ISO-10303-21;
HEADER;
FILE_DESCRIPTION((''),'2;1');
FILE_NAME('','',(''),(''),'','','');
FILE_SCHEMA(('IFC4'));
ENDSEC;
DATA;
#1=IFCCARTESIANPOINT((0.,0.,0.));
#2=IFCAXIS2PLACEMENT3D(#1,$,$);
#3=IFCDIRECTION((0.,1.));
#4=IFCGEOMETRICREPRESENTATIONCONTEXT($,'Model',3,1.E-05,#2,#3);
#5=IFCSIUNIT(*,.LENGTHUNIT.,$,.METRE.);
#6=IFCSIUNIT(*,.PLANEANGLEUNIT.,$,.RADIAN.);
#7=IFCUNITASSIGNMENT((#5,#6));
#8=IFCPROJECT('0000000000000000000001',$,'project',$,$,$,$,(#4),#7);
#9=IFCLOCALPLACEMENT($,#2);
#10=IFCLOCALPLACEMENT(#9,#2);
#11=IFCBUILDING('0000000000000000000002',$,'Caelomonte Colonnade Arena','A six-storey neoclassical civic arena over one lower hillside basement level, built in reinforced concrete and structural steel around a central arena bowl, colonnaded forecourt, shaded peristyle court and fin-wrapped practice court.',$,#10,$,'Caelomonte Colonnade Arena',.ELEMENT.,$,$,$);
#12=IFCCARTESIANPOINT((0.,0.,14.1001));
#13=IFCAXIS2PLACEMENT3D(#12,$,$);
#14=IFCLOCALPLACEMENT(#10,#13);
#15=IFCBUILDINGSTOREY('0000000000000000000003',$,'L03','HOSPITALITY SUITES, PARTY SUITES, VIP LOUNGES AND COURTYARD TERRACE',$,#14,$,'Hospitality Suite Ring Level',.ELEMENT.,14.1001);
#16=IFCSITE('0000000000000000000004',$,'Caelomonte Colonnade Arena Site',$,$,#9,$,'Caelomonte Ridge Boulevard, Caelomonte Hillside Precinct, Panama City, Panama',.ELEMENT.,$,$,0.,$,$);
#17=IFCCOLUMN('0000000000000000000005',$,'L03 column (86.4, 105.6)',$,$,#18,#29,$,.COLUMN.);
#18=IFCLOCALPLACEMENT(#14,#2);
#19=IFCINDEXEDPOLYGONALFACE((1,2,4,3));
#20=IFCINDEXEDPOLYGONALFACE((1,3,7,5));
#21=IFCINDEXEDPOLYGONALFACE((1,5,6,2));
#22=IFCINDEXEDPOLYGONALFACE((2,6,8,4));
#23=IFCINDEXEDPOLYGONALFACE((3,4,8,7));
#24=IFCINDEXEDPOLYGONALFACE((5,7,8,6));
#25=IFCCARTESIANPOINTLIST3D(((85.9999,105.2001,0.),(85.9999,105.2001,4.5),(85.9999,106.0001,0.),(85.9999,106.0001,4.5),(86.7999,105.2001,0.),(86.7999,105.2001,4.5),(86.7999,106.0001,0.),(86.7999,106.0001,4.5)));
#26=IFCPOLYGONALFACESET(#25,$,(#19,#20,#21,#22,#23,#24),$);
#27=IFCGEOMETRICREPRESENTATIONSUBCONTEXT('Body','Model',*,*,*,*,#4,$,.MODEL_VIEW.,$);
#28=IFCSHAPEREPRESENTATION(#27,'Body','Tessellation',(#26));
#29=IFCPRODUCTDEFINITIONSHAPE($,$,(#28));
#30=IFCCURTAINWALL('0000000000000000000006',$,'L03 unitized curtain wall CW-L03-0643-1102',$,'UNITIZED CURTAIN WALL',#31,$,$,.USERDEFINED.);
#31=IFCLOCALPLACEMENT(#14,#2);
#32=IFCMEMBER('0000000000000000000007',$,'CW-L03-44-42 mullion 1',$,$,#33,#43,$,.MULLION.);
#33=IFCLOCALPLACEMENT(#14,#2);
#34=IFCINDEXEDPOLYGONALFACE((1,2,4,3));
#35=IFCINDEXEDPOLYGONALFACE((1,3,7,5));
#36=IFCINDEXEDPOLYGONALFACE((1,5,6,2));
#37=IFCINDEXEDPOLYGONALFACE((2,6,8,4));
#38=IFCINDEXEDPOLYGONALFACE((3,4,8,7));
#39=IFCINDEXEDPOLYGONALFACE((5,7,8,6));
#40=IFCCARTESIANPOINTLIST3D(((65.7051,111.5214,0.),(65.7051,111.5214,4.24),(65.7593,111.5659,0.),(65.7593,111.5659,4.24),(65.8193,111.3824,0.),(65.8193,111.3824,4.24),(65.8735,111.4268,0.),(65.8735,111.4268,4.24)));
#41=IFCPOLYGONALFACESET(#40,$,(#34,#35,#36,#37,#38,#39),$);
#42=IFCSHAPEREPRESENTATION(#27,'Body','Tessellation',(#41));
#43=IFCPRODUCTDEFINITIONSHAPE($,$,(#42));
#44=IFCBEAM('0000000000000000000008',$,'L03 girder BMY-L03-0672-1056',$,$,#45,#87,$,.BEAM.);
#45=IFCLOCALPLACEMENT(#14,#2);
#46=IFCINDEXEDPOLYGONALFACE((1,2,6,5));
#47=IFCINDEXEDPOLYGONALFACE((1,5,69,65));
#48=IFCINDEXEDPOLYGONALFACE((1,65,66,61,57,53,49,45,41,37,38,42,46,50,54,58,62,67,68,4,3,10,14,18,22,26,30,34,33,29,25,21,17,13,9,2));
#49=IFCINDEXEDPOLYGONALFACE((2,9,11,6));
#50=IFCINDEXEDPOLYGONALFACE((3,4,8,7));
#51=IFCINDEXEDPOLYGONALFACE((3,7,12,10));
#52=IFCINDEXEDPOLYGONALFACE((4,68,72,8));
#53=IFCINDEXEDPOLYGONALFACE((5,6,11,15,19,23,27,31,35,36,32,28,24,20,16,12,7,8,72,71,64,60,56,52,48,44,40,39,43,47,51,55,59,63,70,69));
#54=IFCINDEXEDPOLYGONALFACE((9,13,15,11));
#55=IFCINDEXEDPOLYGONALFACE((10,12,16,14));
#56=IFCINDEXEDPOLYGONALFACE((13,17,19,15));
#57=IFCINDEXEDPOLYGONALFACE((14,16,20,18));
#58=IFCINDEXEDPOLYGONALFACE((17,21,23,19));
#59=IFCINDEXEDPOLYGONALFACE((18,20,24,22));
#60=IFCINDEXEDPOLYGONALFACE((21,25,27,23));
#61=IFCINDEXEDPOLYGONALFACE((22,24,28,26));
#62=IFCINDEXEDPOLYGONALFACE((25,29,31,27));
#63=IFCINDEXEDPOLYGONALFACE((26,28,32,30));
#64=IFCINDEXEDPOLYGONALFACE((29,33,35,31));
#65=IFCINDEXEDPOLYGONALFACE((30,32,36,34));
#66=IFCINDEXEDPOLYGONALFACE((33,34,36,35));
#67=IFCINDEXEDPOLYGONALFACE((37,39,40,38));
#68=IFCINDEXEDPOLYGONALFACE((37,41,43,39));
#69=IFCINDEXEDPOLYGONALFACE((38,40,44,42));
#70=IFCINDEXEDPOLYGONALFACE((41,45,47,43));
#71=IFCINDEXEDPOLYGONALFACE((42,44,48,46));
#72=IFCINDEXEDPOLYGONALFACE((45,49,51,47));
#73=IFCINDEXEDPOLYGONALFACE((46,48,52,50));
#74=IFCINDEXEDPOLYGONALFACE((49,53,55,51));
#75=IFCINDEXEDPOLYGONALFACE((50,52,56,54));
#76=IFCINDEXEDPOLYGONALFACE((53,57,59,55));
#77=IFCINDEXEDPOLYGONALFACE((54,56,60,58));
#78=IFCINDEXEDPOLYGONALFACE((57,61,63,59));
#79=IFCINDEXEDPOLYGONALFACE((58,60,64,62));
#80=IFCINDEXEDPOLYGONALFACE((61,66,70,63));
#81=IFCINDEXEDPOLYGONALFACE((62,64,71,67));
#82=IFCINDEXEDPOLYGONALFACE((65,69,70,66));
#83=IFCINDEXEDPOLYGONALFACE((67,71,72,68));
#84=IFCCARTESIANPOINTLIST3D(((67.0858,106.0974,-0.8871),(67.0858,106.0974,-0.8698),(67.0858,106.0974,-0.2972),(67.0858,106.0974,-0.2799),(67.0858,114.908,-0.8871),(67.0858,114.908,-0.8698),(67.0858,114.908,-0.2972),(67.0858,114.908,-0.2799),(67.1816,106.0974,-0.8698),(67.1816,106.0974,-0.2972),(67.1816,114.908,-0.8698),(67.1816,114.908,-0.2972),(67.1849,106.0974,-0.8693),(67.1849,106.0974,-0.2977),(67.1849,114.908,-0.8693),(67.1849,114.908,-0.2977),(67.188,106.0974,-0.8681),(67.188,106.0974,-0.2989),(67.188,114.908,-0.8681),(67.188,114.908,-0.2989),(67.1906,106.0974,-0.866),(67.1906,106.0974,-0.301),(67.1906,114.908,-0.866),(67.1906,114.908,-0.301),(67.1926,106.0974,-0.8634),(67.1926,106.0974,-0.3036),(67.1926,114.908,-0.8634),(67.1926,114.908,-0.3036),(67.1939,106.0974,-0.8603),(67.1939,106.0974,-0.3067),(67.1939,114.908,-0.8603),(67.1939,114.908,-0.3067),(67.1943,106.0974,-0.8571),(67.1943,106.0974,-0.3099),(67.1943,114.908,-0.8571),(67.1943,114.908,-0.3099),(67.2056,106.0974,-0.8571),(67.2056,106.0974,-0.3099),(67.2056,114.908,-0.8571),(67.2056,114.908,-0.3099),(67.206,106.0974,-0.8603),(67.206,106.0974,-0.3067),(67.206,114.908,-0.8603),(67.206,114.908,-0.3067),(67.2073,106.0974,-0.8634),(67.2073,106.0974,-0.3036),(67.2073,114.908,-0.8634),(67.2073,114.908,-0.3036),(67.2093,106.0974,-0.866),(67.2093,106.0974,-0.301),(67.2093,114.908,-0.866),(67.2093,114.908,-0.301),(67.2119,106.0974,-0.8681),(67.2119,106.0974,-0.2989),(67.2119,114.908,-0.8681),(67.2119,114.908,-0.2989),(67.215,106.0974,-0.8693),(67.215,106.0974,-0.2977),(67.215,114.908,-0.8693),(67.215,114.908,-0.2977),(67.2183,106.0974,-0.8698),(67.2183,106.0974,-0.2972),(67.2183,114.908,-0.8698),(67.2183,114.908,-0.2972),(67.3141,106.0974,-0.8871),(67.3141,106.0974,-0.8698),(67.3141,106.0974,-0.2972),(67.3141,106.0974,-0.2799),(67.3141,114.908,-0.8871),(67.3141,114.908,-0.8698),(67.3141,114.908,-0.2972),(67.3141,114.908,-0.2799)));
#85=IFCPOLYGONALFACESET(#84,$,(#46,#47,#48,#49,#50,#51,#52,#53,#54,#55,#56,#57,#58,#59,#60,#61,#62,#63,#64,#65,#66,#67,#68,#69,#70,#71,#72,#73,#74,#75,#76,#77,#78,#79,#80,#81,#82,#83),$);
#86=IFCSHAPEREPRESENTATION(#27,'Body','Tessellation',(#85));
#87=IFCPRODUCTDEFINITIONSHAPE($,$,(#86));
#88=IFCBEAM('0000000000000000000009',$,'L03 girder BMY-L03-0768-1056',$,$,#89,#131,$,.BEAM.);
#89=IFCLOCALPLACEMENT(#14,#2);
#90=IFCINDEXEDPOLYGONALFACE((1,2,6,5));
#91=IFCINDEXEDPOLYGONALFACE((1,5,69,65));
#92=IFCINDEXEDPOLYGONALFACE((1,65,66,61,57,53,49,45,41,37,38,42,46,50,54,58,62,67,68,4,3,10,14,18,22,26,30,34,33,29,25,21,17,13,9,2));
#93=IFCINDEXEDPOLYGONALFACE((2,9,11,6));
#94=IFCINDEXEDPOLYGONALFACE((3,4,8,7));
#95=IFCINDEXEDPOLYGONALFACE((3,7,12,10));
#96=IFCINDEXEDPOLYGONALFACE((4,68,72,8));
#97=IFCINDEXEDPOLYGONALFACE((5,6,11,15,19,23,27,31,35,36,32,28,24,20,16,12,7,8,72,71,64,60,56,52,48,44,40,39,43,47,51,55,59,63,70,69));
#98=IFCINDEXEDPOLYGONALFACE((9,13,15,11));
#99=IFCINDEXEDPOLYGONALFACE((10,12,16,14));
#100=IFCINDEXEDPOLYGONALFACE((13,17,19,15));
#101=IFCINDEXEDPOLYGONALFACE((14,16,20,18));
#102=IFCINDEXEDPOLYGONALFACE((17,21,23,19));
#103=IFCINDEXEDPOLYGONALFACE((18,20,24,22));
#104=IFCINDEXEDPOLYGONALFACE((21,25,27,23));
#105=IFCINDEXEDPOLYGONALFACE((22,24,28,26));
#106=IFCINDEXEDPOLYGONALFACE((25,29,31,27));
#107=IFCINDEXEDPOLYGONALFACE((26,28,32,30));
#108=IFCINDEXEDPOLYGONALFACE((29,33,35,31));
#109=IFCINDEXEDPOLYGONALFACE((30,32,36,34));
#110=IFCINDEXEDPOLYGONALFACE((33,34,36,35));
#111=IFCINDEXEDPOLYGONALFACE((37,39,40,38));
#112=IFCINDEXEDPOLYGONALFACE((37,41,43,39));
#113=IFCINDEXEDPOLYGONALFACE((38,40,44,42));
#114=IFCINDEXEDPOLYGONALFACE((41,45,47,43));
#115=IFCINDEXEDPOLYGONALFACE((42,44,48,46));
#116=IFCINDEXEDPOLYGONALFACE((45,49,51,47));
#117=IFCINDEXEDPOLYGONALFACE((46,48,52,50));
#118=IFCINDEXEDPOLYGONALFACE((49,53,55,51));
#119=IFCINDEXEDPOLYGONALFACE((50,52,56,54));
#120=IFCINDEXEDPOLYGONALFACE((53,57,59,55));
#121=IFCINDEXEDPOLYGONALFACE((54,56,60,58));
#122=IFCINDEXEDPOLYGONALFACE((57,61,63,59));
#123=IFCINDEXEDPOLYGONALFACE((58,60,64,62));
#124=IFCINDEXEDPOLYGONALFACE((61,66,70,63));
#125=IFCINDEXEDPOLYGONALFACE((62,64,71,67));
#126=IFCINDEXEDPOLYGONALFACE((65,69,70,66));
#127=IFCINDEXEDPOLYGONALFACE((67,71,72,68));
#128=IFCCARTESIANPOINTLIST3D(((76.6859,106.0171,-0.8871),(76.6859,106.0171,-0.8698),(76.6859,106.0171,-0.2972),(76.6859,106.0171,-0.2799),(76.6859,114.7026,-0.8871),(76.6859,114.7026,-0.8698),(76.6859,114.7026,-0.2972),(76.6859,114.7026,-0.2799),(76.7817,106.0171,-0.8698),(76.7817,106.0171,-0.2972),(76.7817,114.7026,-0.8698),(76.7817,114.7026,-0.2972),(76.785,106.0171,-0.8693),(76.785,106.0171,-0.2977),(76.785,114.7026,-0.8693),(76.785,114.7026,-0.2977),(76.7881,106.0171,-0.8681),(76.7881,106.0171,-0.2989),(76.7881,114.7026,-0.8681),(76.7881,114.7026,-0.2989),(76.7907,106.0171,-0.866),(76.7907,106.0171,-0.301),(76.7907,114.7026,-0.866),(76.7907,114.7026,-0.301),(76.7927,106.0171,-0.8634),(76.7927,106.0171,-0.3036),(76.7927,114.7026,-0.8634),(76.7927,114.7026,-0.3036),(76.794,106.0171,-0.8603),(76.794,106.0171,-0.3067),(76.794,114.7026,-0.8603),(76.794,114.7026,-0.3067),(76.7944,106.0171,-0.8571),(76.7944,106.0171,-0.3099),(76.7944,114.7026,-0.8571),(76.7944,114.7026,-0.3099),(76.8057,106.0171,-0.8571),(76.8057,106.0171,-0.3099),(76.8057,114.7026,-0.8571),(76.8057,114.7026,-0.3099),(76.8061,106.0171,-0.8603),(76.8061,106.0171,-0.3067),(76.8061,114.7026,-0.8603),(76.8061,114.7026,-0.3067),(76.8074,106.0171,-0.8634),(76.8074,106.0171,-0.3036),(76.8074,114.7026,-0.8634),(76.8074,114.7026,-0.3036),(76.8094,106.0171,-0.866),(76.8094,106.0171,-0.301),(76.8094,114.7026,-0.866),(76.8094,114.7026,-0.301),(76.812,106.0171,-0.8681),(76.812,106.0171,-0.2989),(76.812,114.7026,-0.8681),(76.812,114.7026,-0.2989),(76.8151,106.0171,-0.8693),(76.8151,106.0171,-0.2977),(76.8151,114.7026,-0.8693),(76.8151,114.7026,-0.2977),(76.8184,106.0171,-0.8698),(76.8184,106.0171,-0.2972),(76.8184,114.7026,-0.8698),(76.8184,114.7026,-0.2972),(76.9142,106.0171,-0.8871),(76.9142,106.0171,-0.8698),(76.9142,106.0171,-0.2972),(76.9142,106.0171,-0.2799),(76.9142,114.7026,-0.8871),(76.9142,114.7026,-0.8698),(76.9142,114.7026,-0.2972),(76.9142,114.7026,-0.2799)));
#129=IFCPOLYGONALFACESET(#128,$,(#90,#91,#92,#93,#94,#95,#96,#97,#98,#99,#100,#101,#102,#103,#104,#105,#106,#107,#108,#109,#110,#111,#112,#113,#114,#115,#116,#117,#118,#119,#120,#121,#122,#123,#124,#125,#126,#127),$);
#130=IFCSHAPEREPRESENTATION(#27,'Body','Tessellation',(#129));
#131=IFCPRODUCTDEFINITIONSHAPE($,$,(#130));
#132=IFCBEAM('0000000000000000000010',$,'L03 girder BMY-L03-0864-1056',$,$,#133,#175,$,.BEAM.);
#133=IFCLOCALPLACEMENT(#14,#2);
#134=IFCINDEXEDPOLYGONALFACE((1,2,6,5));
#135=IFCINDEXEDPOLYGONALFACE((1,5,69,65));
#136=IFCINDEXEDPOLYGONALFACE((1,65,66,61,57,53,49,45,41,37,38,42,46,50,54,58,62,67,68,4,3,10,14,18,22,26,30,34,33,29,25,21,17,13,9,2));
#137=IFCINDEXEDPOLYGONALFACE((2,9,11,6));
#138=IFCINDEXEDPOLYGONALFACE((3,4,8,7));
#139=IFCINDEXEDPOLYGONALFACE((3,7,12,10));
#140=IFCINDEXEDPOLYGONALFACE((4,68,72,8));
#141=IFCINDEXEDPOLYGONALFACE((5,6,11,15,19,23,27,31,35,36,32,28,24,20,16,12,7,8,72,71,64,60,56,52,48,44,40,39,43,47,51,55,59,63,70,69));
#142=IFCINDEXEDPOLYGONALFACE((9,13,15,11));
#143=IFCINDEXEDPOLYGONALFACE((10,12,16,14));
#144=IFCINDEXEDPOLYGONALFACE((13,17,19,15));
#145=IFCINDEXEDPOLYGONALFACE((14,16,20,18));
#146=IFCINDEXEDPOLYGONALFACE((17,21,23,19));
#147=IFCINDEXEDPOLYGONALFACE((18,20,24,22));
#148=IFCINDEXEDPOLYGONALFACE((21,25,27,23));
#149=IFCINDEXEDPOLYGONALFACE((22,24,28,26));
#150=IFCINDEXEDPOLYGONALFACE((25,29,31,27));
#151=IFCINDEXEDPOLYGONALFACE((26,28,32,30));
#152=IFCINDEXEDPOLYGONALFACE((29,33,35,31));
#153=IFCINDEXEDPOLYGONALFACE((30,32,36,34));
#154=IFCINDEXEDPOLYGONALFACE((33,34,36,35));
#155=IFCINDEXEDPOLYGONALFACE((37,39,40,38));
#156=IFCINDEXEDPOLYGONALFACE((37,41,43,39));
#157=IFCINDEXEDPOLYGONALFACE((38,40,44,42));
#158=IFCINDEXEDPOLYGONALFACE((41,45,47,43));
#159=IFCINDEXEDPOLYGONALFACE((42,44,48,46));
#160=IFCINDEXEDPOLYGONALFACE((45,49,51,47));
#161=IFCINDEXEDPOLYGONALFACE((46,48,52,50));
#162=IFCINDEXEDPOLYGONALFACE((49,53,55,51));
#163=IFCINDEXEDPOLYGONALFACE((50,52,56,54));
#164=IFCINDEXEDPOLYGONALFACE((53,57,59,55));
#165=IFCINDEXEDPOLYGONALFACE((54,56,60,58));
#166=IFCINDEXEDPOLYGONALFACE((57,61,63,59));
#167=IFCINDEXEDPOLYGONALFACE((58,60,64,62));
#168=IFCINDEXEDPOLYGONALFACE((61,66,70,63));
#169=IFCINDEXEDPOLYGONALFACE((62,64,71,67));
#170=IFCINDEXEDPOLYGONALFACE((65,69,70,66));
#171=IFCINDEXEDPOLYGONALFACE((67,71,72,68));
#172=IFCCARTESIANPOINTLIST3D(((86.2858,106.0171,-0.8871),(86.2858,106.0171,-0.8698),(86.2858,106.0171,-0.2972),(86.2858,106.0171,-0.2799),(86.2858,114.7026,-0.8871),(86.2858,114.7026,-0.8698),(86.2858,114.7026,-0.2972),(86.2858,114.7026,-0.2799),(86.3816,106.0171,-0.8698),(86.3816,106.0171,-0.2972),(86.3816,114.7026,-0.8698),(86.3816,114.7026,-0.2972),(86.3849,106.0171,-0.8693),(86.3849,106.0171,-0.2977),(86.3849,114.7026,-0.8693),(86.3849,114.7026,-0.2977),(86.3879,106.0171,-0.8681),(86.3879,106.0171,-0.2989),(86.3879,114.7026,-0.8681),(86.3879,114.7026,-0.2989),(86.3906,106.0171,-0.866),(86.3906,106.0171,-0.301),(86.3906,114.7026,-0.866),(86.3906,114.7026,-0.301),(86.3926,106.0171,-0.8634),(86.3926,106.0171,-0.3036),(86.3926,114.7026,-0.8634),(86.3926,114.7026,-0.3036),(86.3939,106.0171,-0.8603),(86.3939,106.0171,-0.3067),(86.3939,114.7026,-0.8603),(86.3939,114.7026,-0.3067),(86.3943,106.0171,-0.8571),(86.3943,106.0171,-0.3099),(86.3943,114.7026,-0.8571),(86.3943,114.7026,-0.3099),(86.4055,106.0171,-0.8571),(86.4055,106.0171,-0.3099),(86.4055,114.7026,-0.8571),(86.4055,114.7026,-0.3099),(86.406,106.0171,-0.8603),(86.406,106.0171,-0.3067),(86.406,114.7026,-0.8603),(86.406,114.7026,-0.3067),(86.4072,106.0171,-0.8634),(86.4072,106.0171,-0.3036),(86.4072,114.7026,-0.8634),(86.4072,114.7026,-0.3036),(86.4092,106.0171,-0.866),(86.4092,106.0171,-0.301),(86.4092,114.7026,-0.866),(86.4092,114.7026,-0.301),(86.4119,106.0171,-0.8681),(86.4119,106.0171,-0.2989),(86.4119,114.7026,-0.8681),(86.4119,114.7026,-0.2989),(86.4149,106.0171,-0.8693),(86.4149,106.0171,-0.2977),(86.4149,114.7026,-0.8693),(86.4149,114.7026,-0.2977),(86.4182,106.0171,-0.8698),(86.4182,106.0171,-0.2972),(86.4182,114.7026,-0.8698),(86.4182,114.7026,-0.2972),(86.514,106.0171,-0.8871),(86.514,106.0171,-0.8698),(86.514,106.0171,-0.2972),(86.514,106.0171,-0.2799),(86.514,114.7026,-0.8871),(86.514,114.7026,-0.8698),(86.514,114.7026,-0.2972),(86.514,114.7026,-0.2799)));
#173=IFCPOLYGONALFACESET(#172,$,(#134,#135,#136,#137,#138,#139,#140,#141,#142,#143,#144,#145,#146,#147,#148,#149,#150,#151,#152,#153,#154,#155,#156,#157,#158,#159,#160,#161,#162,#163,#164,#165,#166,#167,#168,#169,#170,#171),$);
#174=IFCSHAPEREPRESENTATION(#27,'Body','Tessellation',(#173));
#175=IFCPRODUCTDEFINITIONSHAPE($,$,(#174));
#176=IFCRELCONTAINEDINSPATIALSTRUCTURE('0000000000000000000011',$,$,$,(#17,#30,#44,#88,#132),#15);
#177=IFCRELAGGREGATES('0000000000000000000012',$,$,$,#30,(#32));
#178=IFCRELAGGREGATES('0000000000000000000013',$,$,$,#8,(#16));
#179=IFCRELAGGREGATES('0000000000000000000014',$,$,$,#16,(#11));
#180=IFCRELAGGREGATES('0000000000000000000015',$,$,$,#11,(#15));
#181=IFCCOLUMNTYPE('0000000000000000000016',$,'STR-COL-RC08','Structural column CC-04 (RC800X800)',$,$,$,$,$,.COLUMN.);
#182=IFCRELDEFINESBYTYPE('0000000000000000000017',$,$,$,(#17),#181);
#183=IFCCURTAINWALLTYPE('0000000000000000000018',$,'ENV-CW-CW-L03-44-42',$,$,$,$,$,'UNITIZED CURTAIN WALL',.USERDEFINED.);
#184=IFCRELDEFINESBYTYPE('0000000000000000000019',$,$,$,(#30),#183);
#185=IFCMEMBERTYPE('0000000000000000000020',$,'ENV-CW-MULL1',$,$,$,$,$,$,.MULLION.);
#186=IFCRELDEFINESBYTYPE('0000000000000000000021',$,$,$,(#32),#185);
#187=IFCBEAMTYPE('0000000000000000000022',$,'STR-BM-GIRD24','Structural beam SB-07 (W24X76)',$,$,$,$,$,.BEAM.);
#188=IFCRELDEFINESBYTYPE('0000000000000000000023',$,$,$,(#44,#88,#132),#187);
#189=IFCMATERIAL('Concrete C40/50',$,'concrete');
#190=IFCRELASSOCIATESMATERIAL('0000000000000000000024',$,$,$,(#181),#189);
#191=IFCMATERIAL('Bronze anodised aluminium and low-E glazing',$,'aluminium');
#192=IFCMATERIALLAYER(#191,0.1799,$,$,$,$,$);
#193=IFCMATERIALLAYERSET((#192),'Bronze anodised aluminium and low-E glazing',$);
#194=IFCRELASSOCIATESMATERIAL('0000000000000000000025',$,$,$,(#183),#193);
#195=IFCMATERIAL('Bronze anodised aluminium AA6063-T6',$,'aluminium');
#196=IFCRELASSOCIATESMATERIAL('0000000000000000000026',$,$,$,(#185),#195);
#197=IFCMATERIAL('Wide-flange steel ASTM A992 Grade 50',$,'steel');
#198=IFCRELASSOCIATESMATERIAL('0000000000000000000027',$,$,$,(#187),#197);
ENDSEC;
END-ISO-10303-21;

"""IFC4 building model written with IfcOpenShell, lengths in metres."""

from ifc_helpers import new_model, si_unit, direction, frame, origin, origin_2d, place, context, subcontext, project, spatial, rectangle, i_section, extrude, material, layer, layer_set, material_profile, profile_set, type_object, element, aggregate, save


model = new_model("IFC4")

# Units and contexts
model_context = context("Model", 3, precision=1e-05, world=origin(), true_north=direction((0.0, 1.0)))
body_context = subcontext(model_context, "Body", "Model", "MODEL_VIEW")
ifc_project = project(units=[si_unit("LENGTHUNIT", "METRE"), si_unit("PLANEANGLEUNIT", "RADIAN")], contexts=[model_context])

# Site, building, storey
site_placement = place(None, origin())
site = spatial("IfcSite", under=ifc_project, at=site_placement, Name="Caelomonte Colonnade Arena Site", LongName="Caelomonte Ridge Boulevard, Caelomonte Hillside Precinct, Panama City, Panama", CompositionType="ELEMENT", RefElevation=0.0)
building_placement = place(site_placement, origin())
building = spatial("IfcBuilding", under=site, at=building_placement, Name="Caelomonte Colonnade Arena", Description="A six-storey neoclassical civic arena over one lower hillside basement level, built in reinforced concrete and structural steel around a central arena bowl, colonnaded forecourt, shaded peristyle court and fin-wrapped practice court.", LongName="Caelomonte Colonnade Arena", CompositionType="ELEMENT")
storey_placement = place(building_placement, frame((0.0, 0.0, 14.1001)))
storey = spatial("IfcBuildingStorey", under=building, at=storey_placement, Name="L03", Description="HOSPITALITY SUITES, PARTY SUITES, VIP LOUNGES AND COURTYARD TERRACE", LongName="Hospitality Suite Ring Level", CompositionType="ELEMENT", Elevation=14.1001)

# Column
ifc_material_1 = material(Name="Concrete C40/50", Category="concrete")
ifc_material_profile_1 = material_profile(ifc_material_1, rectangle(XDim=0.8, YDim=0.8, at=origin_2d()), Name="RC800X800")
ifc_profile_set_1 = profile_set([ifc_material_profile_1], Name="Concrete C40/50")
column_type = type_object("IfcColumnType", Name="STR-COL-RC08", Description="Structural column CC-04 (RC800X800)", PredefinedType="COLUMN", material=ifc_profile_set_1)
column_placement = place(storey_placement, frame((86.3999, 105.6001, 0.0), z_axis=(0.0, 0.0, 1.0), x_axis=(1.0, 0.0, 0.0)))
element("IfcColumn", 1, at=column_placement, inside=storey, type_object=column_type, Name="L03 column (86.4, 105.6)", PredefinedType="COLUMN", context=body_context, shape_type="SweptSolid", body=[
    extrude(rectangle(XDim=0.8, YDim=0.8, at=origin_2d()), origin(), (0.0, 0.0, 1.0), 4.5),
])

# Curtain wall, member
ifc_material_2 = material(Name="Bronze anodised aluminium and low-E glazing", Category="aluminium")
ifc_layer_1 = layer(ifc_material_2, 0.1799)
ifc_layer_set_1 = layer_set([ifc_layer_1], Name="Bronze anodised aluminium and low-E glazing")
curtain_wall_type = type_object("IfcCurtainWallType", Name="ENV-CW-CW-L03-44-42", ElementType="UNITIZED CURTAIN WALL", PredefinedType="USERDEFINED", material=ifc_layer_set_1)
curtain_wall_placement = place(storey_placement, origin())
curtain_wall = element("IfcCurtainWall", 2, at=curtain_wall_placement, inside=storey, type_object=curtain_wall_type, Name="L03 unitized curtain wall CW-L03-0643-1102", ObjectType="UNITIZED CURTAIN WALL", PredefinedType="USERDEFINED")
ifc_material_3 = material(Name="Bronze anodised aluminium AA6063-T6", Category="aluminium")
ifc_material_profile_2 = material_profile(ifc_material_3, rectangle(XDim=0.0701, YDim=0.1799, at=origin_2d()), Name="CWM-70X180")
ifc_profile_set_2 = profile_set([ifc_material_profile_2], Name="Bronze anodised aluminium AA6063-T6")
member_type = type_object("IfcMemberType", Name="ENV-CW-MULL1", PredefinedType="MULLION", material=ifc_profile_set_2)
member_placement = place(storey_placement, frame((65.7893, 111.4741, 0.0), z_axis=(0.0, 0.0, 1.0), x_axis=(-0.772992, -0.634416, 0.0)))
member = element("IfcMember", 3, at=member_placement, type_object=member_type, Name="CW-L03-44-42 mullion 1", PredefinedType="MULLION", context=body_context, shape_type="SweptSolid", body=[
    extrude(rectangle(XDim=0.0701, YDim=0.1799, at=origin_2d()), origin(), (0.0, 0.0, 1.0), 4.24),
])
aggregate(curtain_wall, [member])

# Beams
ifc_material_4 = material(Name="Wide-flange steel ASTM A992 Grade 50", Category="steel")
ifc_material_profile_3 = material_profile(ifc_material_4, i_section(OverallWidth=0.2283, OverallDepth=0.6072, WebThickness=0.0112, FlangeThickness=0.0173, FilletRadius=0.0127, at=origin_2d()), Name="W24X76")
ifc_profile_set_3 = profile_set([ifc_material_profile_3], Name="Wide-flange steel ASTM A992 Grade 50")
beam_type_1 = type_object("IfcBeamType", Name="STR-BM-GIRD24", Description="Structural beam SB-07 (W24X76)", PredefinedType="BEAM", material=ifc_profile_set_3)
beam_1_placement = place(storey_placement, frame((67.2, 106.0974, -0.5835), z_axis=(0.0, 1.0, 0.0), x_axis=(-1.0, 0.0, 0.0)))
element("IfcBeam", 4, at=beam_1_placement, inside=storey, type_object=beam_type_1, Name="L03 girder BMY-L03-0672-1056", PredefinedType="BEAM", context=body_context, shape_type="SweptSolid", body=[
    extrude(i_section(OverallWidth=0.2283, OverallDepth=0.6072, WebThickness=0.0112, FlangeThickness=0.0173, FilletRadius=0.0127, at=origin_2d()), origin(), (0.0, 0.0, 1.0), 8.8105),
])
for number, where, z_axis, x_axis, name in (
    (5, (76.8, 106.0171, -0.5835), (0.0, 1.0, 0.0), (-1.0, 0.0, 0.0), "L03 girder BMY-L03-0768-1056"),
    (6, (86.3999, 106.0171, -0.5835), (0.0, 1.0, 0.0), (-1.0, 0.0, 0.0), "L03 girder BMY-L03-0864-1056"),
):
    element("IfcBeam", number, at=place(storey_placement, frame(where, z_axis=z_axis, x_axis=x_axis)), inside=storey, type_object=beam_type_1, Name=name, PredefinedType="BEAM", context=body_context, shape_type="SweptSolid", body=[
        extrude(i_section(OverallWidth=0.2283, OverallDepth=0.6072, WebThickness=0.0112, FlangeThickness=0.0173, FilletRadius=0.0127, at=origin_2d()), origin(), (0.0, 0.0, 1.0), 8.6855),
    ])

save(model, "model.ifc")
